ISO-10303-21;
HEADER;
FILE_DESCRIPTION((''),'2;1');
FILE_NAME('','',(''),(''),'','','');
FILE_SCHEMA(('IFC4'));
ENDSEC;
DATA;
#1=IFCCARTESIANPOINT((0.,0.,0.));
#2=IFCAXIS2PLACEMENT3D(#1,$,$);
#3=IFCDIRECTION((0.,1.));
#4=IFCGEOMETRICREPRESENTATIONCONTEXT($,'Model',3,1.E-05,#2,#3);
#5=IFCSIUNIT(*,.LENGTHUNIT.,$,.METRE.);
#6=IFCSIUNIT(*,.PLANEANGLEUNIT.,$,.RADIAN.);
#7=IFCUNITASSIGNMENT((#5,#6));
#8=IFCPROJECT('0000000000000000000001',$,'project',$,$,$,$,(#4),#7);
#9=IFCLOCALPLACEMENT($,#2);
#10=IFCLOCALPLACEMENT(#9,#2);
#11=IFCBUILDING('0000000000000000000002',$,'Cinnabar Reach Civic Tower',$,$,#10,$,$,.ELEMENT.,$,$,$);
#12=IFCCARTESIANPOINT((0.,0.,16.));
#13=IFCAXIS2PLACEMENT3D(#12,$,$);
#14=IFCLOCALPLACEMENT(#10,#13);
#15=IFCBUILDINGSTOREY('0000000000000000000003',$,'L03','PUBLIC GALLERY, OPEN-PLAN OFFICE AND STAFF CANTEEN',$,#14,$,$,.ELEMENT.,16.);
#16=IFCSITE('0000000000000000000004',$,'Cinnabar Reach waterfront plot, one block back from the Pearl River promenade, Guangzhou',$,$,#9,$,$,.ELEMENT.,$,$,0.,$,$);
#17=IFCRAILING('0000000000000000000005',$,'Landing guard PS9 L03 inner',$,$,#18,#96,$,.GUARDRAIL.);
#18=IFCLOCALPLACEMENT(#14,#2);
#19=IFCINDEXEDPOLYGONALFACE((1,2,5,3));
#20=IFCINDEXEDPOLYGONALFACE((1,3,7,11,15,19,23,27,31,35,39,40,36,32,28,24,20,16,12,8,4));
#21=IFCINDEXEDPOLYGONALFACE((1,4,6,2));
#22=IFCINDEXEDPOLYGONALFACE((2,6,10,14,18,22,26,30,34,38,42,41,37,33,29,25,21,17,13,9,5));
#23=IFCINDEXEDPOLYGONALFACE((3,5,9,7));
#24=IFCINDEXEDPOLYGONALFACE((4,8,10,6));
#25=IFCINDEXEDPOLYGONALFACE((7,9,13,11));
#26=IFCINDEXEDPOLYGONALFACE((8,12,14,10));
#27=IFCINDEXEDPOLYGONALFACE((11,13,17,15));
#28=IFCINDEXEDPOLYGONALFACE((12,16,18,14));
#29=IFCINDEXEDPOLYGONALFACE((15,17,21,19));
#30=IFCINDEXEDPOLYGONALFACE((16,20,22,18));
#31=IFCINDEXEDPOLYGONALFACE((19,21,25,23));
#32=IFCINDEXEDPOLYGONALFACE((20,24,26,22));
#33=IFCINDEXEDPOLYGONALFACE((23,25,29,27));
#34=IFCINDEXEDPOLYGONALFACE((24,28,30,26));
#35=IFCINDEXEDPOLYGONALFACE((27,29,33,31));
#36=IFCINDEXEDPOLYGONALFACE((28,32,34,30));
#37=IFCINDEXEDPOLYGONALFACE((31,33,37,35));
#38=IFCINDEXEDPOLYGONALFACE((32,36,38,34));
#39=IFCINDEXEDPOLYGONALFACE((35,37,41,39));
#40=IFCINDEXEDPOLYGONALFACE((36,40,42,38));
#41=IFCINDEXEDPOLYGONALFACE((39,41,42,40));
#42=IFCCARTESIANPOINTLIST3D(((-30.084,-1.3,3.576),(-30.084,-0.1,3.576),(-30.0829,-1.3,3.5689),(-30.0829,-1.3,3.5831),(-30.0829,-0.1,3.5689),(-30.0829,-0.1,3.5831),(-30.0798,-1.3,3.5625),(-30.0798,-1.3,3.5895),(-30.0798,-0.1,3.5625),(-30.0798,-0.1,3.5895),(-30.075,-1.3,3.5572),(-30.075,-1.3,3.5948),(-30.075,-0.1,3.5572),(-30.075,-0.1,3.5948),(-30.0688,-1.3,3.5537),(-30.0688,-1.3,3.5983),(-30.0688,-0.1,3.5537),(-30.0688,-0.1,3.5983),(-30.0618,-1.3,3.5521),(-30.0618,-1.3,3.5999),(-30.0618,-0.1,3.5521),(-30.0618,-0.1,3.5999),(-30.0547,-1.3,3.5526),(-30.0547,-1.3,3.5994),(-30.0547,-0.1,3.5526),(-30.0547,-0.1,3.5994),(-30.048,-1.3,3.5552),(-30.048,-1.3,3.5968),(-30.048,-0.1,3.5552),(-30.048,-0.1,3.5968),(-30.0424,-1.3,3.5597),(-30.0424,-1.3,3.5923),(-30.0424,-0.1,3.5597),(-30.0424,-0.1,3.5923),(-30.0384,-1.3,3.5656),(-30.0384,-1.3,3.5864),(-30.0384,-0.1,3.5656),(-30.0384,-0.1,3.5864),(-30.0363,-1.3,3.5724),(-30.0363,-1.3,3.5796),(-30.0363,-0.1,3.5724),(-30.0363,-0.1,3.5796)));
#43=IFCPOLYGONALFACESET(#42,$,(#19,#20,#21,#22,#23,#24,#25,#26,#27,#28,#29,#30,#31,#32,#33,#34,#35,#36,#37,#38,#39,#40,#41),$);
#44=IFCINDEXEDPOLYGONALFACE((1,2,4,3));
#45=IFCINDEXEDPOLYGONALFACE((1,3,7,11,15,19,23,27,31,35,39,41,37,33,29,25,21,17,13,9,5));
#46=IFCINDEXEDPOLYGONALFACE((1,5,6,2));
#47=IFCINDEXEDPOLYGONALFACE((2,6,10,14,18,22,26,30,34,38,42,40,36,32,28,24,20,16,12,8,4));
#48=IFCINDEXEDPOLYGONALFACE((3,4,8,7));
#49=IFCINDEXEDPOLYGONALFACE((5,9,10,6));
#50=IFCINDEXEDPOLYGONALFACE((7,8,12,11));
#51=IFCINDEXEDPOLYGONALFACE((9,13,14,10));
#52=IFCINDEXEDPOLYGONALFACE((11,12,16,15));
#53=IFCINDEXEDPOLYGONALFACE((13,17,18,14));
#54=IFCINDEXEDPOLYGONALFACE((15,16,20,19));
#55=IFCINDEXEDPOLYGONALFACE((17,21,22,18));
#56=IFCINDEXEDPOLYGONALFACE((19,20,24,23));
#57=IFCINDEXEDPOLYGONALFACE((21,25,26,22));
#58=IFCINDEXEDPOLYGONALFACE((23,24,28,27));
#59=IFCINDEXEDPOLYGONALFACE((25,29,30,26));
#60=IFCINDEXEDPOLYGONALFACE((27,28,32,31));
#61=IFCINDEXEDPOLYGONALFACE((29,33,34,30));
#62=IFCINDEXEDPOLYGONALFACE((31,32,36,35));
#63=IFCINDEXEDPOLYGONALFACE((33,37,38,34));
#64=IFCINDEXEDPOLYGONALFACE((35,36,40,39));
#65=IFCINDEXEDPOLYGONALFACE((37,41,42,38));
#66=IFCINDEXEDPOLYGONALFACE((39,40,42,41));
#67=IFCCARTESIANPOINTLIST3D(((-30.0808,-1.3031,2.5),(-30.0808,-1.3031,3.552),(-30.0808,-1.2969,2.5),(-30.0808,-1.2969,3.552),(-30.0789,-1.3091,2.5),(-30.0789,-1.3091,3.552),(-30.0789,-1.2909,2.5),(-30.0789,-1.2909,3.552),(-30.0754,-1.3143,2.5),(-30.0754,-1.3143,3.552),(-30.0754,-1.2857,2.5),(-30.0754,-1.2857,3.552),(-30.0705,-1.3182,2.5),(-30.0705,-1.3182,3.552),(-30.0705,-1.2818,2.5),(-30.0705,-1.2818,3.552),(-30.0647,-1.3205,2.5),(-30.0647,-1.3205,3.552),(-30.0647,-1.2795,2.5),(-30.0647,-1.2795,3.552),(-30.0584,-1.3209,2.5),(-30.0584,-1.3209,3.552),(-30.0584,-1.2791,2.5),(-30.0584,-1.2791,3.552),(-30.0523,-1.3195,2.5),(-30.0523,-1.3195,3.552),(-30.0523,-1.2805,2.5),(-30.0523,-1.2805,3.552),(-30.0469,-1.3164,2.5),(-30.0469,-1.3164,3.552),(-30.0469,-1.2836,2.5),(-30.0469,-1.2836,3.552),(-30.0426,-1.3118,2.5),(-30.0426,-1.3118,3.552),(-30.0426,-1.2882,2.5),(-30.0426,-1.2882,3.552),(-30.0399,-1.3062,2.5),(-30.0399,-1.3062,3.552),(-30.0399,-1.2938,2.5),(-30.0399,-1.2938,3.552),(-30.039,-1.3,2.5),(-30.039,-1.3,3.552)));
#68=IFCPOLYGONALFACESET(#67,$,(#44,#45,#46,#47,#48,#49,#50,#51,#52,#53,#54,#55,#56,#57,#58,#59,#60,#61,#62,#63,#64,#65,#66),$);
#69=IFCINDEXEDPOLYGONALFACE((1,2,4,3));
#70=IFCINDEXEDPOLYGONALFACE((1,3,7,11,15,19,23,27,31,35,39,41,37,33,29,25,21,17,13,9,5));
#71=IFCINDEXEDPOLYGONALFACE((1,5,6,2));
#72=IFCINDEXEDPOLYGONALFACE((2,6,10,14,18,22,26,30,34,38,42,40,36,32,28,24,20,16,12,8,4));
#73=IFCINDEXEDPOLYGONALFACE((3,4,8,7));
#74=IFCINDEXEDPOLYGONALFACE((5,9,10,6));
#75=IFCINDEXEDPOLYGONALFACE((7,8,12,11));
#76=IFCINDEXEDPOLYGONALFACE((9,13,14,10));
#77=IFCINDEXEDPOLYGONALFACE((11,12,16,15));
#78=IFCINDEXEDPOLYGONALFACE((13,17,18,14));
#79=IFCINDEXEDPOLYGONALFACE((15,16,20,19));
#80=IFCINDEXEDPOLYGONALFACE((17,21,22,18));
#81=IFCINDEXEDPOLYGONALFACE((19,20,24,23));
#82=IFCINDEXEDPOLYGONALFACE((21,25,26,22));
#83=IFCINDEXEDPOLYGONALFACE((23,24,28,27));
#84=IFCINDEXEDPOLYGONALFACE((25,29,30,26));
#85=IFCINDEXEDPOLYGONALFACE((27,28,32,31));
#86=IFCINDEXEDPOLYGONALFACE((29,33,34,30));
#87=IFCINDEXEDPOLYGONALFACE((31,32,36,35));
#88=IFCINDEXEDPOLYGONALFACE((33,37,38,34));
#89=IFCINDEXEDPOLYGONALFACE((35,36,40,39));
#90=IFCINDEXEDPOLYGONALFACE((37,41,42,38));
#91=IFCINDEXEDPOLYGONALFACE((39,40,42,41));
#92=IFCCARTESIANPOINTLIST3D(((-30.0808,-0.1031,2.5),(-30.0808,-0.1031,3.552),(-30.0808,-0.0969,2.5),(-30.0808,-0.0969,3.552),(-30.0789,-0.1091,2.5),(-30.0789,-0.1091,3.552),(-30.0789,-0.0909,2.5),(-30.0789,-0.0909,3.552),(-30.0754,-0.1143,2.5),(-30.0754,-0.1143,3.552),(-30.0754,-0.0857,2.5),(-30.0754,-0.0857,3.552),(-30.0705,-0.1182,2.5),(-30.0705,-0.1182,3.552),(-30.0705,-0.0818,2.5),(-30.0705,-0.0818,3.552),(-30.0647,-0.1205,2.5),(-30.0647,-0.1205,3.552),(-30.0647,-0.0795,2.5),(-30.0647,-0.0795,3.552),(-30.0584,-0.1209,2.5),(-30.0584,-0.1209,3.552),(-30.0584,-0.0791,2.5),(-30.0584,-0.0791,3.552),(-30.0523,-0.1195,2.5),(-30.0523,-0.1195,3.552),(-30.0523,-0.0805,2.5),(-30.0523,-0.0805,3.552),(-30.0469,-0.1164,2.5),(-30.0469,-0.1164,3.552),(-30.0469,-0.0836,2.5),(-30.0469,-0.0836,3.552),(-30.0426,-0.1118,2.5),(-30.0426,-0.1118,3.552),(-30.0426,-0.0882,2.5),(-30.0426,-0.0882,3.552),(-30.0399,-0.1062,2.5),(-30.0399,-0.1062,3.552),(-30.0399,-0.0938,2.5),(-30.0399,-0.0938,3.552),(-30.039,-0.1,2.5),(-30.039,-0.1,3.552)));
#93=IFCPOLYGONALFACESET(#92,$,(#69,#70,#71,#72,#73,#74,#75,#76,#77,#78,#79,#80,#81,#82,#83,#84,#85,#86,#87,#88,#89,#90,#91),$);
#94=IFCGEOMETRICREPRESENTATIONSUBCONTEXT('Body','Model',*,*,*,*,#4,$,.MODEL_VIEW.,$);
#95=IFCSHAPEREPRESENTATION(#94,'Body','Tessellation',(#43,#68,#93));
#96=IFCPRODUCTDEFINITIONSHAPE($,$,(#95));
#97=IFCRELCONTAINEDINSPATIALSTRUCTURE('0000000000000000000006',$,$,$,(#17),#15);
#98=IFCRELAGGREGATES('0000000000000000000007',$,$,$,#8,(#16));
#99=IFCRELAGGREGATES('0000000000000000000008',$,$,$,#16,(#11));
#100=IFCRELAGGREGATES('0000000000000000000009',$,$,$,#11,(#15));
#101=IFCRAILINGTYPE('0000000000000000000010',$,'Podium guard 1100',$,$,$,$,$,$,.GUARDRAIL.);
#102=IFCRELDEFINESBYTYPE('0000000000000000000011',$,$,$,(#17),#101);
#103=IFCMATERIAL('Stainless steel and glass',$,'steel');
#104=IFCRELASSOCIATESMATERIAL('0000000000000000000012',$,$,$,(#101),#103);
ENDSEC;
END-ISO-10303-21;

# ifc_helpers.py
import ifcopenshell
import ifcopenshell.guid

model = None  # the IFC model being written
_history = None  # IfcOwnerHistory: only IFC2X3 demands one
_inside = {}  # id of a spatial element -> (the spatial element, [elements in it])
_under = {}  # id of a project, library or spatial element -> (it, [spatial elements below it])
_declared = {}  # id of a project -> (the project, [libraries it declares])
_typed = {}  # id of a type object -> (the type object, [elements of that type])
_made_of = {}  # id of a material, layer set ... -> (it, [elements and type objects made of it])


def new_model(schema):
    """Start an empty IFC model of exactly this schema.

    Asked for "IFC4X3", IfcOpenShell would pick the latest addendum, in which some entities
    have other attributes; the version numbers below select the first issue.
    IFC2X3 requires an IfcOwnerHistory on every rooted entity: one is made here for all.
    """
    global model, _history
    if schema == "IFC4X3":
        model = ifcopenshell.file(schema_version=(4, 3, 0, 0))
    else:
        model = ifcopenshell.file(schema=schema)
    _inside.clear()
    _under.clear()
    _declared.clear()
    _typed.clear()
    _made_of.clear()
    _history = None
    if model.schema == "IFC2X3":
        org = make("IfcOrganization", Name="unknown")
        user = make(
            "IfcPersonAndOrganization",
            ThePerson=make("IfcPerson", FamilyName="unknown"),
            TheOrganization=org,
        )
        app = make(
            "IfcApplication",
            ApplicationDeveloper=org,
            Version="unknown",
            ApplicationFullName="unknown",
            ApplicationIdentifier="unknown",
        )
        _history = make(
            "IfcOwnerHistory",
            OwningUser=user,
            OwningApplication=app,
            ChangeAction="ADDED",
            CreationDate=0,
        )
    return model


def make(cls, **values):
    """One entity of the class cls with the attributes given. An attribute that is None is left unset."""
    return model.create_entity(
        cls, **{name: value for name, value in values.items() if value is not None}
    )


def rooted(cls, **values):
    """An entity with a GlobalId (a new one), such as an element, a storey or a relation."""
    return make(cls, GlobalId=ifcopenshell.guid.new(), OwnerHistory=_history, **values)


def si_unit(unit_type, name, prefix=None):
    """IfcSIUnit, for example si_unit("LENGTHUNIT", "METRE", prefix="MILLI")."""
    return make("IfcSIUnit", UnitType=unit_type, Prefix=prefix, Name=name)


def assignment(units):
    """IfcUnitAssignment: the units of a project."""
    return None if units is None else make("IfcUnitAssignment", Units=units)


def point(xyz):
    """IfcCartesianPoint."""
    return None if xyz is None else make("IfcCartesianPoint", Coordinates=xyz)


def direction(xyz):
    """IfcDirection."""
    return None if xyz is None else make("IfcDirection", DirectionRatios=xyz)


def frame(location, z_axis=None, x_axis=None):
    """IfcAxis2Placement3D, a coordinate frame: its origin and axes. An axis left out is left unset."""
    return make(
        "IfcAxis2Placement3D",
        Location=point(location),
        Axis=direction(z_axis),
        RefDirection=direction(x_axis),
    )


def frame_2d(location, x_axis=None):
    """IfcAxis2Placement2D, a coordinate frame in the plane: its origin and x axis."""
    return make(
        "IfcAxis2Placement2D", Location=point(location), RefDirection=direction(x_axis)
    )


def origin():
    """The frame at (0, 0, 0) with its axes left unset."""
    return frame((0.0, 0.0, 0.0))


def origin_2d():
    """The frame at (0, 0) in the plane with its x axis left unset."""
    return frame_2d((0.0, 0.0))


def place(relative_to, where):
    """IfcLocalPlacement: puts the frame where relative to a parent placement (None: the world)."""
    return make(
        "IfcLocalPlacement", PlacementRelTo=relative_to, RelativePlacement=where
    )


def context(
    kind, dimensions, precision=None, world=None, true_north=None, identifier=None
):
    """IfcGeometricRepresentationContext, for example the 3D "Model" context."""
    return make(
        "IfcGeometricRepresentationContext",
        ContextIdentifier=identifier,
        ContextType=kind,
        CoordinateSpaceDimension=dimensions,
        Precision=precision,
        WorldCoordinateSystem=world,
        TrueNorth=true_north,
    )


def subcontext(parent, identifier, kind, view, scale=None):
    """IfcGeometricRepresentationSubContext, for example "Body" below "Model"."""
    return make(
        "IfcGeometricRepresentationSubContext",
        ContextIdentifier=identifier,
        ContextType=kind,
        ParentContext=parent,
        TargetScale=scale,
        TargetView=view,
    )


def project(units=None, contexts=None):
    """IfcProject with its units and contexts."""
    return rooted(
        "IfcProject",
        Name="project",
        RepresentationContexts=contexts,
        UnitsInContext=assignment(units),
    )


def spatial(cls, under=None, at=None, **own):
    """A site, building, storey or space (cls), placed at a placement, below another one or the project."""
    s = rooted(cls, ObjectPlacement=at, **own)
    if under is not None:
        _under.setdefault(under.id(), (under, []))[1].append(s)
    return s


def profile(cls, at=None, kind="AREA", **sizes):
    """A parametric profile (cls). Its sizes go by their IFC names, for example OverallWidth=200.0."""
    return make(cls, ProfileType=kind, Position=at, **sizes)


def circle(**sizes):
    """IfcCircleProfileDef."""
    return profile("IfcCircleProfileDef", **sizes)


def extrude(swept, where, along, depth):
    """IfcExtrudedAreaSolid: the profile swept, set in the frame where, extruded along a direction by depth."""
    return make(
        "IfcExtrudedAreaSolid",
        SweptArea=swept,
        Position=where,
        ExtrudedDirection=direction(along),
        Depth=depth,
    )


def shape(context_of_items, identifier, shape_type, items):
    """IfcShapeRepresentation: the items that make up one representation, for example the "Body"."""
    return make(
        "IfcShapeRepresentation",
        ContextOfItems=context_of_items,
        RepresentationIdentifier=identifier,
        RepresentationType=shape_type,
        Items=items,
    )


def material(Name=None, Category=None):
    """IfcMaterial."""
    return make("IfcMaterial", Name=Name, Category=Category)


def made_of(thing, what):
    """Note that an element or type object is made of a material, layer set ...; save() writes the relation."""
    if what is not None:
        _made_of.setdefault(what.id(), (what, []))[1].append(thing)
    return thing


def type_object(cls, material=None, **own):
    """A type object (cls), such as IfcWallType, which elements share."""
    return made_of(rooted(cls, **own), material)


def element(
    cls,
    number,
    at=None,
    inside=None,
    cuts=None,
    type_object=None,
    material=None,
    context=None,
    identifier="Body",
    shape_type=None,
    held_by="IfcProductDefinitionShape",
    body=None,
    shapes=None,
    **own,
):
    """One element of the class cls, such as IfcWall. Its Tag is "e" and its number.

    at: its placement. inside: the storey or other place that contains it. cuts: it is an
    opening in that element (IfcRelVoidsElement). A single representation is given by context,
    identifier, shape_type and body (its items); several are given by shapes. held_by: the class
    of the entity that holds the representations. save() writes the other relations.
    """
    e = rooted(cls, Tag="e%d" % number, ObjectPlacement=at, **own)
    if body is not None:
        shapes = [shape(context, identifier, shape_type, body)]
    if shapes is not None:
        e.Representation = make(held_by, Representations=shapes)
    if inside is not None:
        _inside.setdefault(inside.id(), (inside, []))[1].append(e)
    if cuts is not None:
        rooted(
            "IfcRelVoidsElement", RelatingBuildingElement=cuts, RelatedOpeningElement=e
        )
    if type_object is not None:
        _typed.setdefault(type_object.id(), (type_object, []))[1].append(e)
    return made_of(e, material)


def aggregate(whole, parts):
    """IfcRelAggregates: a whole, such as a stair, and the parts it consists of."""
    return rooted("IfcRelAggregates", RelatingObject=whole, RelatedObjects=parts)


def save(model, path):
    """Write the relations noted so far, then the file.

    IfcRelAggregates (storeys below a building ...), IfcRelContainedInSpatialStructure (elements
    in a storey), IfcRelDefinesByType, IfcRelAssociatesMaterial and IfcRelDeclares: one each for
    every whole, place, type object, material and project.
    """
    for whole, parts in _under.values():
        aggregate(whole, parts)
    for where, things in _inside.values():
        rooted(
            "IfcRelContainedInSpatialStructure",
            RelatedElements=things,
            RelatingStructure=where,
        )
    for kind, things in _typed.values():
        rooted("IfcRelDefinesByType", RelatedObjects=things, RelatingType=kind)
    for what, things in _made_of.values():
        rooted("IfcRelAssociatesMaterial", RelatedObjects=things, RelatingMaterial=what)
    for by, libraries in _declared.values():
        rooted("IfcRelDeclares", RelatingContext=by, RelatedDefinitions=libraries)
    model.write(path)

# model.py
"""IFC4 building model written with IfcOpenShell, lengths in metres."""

from ifc_helpers import new_model, si_unit, direction, frame, origin, origin_2d, place, context, subcontext, project, spatial, circle, extrude, material, type_object, element, save


model = new_model("IFC4")

# Units and contexts
model_context = context("Model", 3, precision=1e-05, world=origin(), true_north=direction((0.0, 1.0)))
body_context = subcontext(model_context, "Body", "Model", "MODEL_VIEW")
ifc_project = project(units=[si_unit("LENGTHUNIT", "METRE"), si_unit("PLANEANGLEUNIT", "RADIAN")], contexts=[model_context])

# Site, building, storey
site_placement = place(None, origin())
site = spatial("IfcSite", under=ifc_project, at=site_placement, Name="Cinnabar Reach waterfront plot, one block back from the Pearl River promenade, Guangzhou", CompositionType="ELEMENT", RefElevation=0.0)
building_placement = place(site_placement, origin())
building = spatial("IfcBuilding", under=site, at=building_placement, Name="Cinnabar Reach Civic Tower", CompositionType="ELEMENT")
storey_placement = place(building_placement, frame((0.0, 0.0, 16.0)))
storey = spatial("IfcBuildingStorey", under=building, at=storey_placement, Name="L03", Description="PUBLIC GALLERY, OPEN-PLAN OFFICE AND STAFF CANTEEN", CompositionType="ELEMENT", Elevation=16.0)

# Railing
ifc_material_1 = material(Name="Stainless steel and glass", Category="steel")
railing_type_1 = type_object("IfcRailingType", Name="Podium guard 1100", PredefinedType="GUARDRAIL", material=ifc_material_1)
railing_1_placement = place(storey_placement, frame((-30.06, -1.3, 2.5)))
element("IfcRailing", 1, at=railing_1_placement, inside=storey, type_object=railing_type_1, Name="Landing guard PS9 L03 inner", PredefinedType="GUARDRAIL", context=body_context, shape_type="SweptSolid", body=[
    extrude(circle(Radius=0.024, at=origin_2d()), frame((0.0, 0.0, 1.076), z_axis=(0.0, 1.0, 0.0), x_axis=(-1.0, 0.0, 0.0)), (0.0, 0.0, 1.0), 1.2),
    extrude(circle(Radius=0.021, at=origin_2d()), origin(), (0.0, 0.0, 1.0), 1.052),
    extrude(circle(Radius=0.021, at=origin_2d()), frame((0.0, 1.2, 0.0)), (0.0, 0.0, 1.0), 1.052),
])

save(model, "model.ifc")
